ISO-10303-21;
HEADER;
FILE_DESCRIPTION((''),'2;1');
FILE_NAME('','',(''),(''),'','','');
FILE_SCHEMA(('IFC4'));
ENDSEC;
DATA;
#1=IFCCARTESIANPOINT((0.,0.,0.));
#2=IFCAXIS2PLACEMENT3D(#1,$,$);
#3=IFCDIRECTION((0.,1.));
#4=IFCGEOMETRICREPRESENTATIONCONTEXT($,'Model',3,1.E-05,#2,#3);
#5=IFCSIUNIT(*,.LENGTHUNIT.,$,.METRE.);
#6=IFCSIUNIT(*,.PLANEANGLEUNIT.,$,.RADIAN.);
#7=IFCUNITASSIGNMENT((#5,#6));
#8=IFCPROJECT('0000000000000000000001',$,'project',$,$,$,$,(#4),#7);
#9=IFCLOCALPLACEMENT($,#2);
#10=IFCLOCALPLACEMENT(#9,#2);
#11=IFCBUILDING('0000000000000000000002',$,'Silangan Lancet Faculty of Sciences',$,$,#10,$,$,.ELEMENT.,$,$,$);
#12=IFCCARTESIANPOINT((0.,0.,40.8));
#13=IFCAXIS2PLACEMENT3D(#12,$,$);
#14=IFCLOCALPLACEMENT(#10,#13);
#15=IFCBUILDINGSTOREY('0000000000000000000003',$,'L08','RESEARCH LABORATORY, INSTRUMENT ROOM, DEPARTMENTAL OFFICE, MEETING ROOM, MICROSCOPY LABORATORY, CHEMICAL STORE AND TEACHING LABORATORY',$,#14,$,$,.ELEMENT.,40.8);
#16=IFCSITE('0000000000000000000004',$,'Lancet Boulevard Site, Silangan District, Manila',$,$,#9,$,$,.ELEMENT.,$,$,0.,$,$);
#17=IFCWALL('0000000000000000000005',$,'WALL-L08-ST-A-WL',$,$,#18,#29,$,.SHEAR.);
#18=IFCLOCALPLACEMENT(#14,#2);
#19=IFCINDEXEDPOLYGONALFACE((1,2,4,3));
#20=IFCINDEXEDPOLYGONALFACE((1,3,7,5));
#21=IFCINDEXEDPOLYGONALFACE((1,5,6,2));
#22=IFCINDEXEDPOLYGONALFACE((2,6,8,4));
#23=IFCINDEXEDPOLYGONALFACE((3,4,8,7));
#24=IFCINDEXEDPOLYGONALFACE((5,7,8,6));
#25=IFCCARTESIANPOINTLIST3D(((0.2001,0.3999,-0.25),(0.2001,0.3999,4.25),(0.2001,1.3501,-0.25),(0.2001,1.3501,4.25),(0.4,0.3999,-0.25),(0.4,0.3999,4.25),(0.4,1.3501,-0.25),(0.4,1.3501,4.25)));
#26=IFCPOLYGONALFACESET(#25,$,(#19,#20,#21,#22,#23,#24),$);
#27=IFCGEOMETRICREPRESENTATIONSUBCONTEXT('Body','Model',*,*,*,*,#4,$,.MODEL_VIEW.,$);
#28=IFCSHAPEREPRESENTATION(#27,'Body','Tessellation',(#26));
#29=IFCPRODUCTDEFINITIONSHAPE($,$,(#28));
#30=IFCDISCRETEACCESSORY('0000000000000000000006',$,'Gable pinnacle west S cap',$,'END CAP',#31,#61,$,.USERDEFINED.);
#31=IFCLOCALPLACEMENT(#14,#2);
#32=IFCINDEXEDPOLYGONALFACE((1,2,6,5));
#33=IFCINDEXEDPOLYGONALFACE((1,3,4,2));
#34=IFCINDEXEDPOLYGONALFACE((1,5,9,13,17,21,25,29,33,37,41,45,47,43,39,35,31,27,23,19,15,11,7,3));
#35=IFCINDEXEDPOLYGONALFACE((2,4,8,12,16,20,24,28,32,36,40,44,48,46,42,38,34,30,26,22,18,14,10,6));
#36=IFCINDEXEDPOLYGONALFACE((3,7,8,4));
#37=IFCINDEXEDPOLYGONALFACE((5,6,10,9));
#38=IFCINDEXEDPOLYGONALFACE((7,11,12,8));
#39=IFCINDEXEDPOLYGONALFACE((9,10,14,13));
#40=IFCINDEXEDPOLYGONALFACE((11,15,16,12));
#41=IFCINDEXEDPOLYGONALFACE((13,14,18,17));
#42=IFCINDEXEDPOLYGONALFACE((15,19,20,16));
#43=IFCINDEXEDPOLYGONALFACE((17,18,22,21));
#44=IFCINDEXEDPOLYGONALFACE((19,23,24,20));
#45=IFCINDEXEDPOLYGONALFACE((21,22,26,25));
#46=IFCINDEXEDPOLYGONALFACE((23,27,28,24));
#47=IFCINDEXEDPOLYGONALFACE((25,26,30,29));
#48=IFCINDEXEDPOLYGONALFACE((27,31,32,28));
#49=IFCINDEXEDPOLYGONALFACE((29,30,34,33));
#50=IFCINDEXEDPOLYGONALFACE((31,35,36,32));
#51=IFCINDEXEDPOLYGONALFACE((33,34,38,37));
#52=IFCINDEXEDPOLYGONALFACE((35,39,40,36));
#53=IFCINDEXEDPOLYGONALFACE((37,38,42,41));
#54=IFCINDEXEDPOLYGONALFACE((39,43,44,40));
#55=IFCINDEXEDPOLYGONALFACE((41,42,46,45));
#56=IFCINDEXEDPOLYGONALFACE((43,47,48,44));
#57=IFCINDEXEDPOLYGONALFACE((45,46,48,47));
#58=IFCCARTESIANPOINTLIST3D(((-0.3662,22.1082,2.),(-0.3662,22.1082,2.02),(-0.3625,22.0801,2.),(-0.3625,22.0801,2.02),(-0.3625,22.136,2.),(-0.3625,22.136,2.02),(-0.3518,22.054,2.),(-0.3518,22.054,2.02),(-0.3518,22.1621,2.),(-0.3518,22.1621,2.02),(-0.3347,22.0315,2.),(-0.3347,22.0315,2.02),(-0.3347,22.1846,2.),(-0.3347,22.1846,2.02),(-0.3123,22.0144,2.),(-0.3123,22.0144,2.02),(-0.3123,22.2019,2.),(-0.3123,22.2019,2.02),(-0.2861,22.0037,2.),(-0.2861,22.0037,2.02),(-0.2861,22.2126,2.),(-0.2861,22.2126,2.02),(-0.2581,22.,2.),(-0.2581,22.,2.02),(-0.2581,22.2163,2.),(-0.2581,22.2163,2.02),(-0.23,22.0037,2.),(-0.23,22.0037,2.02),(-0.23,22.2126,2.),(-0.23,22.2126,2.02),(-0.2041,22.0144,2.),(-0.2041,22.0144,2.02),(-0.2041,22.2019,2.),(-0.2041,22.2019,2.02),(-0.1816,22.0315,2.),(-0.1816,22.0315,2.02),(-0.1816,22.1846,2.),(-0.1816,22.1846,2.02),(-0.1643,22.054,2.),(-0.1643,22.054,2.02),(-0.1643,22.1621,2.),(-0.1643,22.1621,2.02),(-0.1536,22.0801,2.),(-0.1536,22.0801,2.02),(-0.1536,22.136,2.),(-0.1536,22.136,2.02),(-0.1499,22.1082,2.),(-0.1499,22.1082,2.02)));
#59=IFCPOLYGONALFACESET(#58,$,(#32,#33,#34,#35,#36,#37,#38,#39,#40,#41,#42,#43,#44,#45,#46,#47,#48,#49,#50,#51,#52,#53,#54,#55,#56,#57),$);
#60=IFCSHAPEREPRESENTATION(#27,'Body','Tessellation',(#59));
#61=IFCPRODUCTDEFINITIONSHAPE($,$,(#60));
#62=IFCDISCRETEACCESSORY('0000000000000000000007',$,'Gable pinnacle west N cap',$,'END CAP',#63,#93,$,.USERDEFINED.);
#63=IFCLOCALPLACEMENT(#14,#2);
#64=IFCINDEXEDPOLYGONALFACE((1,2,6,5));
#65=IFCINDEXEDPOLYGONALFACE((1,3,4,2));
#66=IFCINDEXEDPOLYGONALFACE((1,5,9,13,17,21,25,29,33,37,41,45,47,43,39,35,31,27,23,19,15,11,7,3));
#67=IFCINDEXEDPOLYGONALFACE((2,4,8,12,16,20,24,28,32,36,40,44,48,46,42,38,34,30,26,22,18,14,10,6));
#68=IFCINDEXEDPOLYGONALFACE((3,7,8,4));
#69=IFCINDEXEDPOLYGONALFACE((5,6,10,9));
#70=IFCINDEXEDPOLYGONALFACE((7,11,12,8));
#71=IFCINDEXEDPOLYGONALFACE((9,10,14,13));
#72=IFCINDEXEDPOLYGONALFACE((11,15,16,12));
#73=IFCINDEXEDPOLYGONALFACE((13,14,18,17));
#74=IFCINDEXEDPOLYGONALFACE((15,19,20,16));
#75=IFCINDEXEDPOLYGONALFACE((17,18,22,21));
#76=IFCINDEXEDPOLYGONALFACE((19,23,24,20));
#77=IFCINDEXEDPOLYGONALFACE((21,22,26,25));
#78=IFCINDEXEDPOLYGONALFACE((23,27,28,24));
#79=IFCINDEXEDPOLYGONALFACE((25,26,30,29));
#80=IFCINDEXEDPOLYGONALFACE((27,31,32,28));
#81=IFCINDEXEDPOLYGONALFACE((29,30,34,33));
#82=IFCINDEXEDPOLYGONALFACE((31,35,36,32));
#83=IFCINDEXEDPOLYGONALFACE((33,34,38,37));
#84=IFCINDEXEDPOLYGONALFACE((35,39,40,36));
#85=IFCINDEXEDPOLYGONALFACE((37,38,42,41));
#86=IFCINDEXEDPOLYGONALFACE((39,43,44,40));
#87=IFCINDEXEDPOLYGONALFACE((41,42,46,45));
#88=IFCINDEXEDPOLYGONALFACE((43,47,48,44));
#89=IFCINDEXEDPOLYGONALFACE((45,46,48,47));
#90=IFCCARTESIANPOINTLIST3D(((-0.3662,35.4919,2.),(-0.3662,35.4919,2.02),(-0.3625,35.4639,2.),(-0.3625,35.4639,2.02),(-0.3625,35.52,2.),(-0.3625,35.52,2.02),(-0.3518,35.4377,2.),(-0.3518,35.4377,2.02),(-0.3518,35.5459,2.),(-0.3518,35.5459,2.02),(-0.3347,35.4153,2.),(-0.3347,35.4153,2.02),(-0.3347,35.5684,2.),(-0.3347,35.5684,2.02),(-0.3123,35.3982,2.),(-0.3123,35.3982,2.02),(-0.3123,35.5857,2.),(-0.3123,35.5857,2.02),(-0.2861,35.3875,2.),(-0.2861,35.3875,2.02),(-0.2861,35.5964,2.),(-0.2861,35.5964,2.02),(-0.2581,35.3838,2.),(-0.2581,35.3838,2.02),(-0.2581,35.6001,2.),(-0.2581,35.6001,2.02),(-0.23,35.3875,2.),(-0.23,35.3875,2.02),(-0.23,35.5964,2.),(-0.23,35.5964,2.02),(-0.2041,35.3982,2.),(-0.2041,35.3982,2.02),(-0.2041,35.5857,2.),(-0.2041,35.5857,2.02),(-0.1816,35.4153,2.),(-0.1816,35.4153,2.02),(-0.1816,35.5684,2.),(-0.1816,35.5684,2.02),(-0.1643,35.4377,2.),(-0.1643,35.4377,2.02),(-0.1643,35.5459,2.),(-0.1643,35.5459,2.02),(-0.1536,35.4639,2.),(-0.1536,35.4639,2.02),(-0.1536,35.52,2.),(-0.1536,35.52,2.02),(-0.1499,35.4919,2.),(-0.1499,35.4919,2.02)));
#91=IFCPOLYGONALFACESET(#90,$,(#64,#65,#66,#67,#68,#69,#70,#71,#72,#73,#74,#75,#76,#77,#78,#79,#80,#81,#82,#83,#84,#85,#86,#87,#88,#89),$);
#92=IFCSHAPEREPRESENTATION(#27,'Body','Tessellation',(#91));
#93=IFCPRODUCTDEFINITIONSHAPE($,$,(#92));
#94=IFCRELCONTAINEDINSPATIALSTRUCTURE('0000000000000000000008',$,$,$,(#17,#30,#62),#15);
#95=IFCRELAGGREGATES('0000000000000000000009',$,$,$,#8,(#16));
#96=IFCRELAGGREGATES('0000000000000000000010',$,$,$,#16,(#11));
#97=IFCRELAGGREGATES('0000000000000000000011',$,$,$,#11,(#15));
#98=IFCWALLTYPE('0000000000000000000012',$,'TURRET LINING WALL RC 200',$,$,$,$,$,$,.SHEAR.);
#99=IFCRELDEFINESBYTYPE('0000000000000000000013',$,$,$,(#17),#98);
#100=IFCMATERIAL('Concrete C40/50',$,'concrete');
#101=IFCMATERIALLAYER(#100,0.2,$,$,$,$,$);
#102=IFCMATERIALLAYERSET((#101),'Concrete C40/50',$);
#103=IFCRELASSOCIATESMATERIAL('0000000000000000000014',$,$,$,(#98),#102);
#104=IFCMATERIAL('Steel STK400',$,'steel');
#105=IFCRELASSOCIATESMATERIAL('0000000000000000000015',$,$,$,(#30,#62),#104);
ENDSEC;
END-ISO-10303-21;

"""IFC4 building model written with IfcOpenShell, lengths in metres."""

from ifc_helpers import new_model, si_unit, direction, frame, frame_2d, origin, place, context, subcontext, project, spatial, polyline, rectangle, outline, extrude, material, layer, layer_set, type_object, element, save


model = new_model("IFC4")

# Units and contexts
model_context = context("Model", 3, precision=1e-05, world=origin(), true_north=direction((0.0, 1.0)))
body_context = subcontext(model_context, "Body", "Model", "MODEL_VIEW")
ifc_project = project(units=[si_unit("LENGTHUNIT", "METRE"), si_unit("PLANEANGLEUNIT", "RADIAN")], contexts=[model_context])

# Site, building, storey
site_placement = place(None, origin())
site = spatial("IfcSite", under=ifc_project, at=site_placement, Name="Lancet Boulevard Site, Silangan District, Manila", CompositionType="ELEMENT", RefElevation=0.0)
building_placement = place(site_placement, origin())
building = spatial("IfcBuilding", under=site, at=building_placement, Name="Silangan Lancet Faculty of Sciences", CompositionType="ELEMENT")
storey_placement = place(building_placement, frame((0.0, 0.0, 40.8)))
storey = spatial("IfcBuildingStorey", under=building, at=storey_placement, Name="L08", Description="RESEARCH LABORATORY, INSTRUMENT ROOM, DEPARTMENTAL OFFICE, MEETING ROOM, MICROSCOPY LABORATORY, CHEMICAL STORE AND TEACHING LABORATORY", CompositionType="ELEMENT", Elevation=40.8)

# Wall
ifc_material_1 = material(Name="Concrete C40/50", Category="concrete")
ifc_layer_1 = layer(ifc_material_1, 0.2)
ifc_layer_set_1 = layer_set([ifc_layer_1], Name="Concrete C40/50")
wall_type_1 = type_object("IfcWallType", Name="TURRET LINING WALL RC 200", PredefinedType="SHEAR", material=ifc_layer_set_1)
wall_1_placement = place(storey_placement, frame((0.3, 0.3999, -0.25), z_axis=(0.0, 0.0, 1.0), x_axis=(0.0, 1.0, 0.0)))
element("IfcWall", 1, at=wall_1_placement, inside=storey, type_object=wall_type_1, Name="WALL-L08-ST-A-WL", PredefinedType="SHEAR", context=body_context, shape_type="SweptSolid", body=[
    extrude(rectangle(XDim=0.9502, YDim=0.2, at=frame_2d((0.4751, 0.0))), origin(), (0.0, 0.0, 1.0), 4.5),
])

# Discrete accessories
ifc_material_2 = material(Name="Steel STK400", Category="steel")
discrete_accessory_1_placement = place(storey_placement, frame((0.0, 0.0, 2.0)))
element("IfcDiscreteAccessory", 2, at=discrete_accessory_1_placement, inside=storey, material=ifc_material_2, Name="Gable pinnacle west S cap", ObjectType="END CAP", PredefinedType="USERDEFINED", context=body_context, shape_type="SweptSolid", body=[
    extrude(outline(polyline([(-0.1499, 22.1082), (-0.1536, 22.136), (-0.1643, 22.1621), (-0.1816, 22.1846), (-0.2041, 22.2019), (-0.23, 22.2126), (-0.2581, 22.2163), (-0.2861, 22.2126), (-0.3123, 22.2019), (-0.3347, 22.1846), (-0.3518, 22.1621), (-0.3625, 22.136), (-0.3662, 22.1082), (-0.3625, 22.0801), (-0.3518, 22.054), (-0.3347, 22.0315), (-0.3123, 22.0144), (-0.2861, 22.0037), (-0.2581, 22.0), (-0.23, 22.0037), (-0.2041, 22.0144), (-0.1816, 22.0315), (-0.1643, 22.054), (-0.1536, 22.0801), (-0.1499, 22.1082)])), origin(), (0.0, 0.0, 1.0), 0.02),
])
discrete_accessory_2_placement = place(storey_placement, frame((0.0, 0.0, 2.0)))
element("IfcDiscreteAccessory", 3, at=discrete_accessory_2_placement, inside=storey, material=ifc_material_2, Name="Gable pinnacle west N cap", ObjectType="END CAP", PredefinedType="USERDEFINED", context=body_context, shape_type="SweptSolid", body=[
    extrude(outline(polyline([(-0.1499, 35.4919), (-0.1536, 35.52), (-0.1643, 35.5459), (-0.1816, 35.5684), (-0.2041, 35.5857), (-0.23, 35.5964), (-0.2581, 35.6001), (-0.2861, 35.5964), (-0.3123, 35.5857), (-0.3347, 35.5684), (-0.3518, 35.5459), (-0.3625, 35.52), (-0.3662, 35.4919), (-0.3625, 35.4639), (-0.3518, 35.4377), (-0.3347, 35.4153), (-0.3123, 35.3982), (-0.2861, 35.3875), (-0.2581, 35.3838), (-0.23, 35.3875), (-0.2041, 35.3982), (-0.1816, 35.4153), (-0.1643, 35.4377), (-0.1536, 35.4639), (-0.1499, 35.4919)])), origin(), (0.0, 0.0, 1.0), 0.02),
])

save(model, "model.ifc")
